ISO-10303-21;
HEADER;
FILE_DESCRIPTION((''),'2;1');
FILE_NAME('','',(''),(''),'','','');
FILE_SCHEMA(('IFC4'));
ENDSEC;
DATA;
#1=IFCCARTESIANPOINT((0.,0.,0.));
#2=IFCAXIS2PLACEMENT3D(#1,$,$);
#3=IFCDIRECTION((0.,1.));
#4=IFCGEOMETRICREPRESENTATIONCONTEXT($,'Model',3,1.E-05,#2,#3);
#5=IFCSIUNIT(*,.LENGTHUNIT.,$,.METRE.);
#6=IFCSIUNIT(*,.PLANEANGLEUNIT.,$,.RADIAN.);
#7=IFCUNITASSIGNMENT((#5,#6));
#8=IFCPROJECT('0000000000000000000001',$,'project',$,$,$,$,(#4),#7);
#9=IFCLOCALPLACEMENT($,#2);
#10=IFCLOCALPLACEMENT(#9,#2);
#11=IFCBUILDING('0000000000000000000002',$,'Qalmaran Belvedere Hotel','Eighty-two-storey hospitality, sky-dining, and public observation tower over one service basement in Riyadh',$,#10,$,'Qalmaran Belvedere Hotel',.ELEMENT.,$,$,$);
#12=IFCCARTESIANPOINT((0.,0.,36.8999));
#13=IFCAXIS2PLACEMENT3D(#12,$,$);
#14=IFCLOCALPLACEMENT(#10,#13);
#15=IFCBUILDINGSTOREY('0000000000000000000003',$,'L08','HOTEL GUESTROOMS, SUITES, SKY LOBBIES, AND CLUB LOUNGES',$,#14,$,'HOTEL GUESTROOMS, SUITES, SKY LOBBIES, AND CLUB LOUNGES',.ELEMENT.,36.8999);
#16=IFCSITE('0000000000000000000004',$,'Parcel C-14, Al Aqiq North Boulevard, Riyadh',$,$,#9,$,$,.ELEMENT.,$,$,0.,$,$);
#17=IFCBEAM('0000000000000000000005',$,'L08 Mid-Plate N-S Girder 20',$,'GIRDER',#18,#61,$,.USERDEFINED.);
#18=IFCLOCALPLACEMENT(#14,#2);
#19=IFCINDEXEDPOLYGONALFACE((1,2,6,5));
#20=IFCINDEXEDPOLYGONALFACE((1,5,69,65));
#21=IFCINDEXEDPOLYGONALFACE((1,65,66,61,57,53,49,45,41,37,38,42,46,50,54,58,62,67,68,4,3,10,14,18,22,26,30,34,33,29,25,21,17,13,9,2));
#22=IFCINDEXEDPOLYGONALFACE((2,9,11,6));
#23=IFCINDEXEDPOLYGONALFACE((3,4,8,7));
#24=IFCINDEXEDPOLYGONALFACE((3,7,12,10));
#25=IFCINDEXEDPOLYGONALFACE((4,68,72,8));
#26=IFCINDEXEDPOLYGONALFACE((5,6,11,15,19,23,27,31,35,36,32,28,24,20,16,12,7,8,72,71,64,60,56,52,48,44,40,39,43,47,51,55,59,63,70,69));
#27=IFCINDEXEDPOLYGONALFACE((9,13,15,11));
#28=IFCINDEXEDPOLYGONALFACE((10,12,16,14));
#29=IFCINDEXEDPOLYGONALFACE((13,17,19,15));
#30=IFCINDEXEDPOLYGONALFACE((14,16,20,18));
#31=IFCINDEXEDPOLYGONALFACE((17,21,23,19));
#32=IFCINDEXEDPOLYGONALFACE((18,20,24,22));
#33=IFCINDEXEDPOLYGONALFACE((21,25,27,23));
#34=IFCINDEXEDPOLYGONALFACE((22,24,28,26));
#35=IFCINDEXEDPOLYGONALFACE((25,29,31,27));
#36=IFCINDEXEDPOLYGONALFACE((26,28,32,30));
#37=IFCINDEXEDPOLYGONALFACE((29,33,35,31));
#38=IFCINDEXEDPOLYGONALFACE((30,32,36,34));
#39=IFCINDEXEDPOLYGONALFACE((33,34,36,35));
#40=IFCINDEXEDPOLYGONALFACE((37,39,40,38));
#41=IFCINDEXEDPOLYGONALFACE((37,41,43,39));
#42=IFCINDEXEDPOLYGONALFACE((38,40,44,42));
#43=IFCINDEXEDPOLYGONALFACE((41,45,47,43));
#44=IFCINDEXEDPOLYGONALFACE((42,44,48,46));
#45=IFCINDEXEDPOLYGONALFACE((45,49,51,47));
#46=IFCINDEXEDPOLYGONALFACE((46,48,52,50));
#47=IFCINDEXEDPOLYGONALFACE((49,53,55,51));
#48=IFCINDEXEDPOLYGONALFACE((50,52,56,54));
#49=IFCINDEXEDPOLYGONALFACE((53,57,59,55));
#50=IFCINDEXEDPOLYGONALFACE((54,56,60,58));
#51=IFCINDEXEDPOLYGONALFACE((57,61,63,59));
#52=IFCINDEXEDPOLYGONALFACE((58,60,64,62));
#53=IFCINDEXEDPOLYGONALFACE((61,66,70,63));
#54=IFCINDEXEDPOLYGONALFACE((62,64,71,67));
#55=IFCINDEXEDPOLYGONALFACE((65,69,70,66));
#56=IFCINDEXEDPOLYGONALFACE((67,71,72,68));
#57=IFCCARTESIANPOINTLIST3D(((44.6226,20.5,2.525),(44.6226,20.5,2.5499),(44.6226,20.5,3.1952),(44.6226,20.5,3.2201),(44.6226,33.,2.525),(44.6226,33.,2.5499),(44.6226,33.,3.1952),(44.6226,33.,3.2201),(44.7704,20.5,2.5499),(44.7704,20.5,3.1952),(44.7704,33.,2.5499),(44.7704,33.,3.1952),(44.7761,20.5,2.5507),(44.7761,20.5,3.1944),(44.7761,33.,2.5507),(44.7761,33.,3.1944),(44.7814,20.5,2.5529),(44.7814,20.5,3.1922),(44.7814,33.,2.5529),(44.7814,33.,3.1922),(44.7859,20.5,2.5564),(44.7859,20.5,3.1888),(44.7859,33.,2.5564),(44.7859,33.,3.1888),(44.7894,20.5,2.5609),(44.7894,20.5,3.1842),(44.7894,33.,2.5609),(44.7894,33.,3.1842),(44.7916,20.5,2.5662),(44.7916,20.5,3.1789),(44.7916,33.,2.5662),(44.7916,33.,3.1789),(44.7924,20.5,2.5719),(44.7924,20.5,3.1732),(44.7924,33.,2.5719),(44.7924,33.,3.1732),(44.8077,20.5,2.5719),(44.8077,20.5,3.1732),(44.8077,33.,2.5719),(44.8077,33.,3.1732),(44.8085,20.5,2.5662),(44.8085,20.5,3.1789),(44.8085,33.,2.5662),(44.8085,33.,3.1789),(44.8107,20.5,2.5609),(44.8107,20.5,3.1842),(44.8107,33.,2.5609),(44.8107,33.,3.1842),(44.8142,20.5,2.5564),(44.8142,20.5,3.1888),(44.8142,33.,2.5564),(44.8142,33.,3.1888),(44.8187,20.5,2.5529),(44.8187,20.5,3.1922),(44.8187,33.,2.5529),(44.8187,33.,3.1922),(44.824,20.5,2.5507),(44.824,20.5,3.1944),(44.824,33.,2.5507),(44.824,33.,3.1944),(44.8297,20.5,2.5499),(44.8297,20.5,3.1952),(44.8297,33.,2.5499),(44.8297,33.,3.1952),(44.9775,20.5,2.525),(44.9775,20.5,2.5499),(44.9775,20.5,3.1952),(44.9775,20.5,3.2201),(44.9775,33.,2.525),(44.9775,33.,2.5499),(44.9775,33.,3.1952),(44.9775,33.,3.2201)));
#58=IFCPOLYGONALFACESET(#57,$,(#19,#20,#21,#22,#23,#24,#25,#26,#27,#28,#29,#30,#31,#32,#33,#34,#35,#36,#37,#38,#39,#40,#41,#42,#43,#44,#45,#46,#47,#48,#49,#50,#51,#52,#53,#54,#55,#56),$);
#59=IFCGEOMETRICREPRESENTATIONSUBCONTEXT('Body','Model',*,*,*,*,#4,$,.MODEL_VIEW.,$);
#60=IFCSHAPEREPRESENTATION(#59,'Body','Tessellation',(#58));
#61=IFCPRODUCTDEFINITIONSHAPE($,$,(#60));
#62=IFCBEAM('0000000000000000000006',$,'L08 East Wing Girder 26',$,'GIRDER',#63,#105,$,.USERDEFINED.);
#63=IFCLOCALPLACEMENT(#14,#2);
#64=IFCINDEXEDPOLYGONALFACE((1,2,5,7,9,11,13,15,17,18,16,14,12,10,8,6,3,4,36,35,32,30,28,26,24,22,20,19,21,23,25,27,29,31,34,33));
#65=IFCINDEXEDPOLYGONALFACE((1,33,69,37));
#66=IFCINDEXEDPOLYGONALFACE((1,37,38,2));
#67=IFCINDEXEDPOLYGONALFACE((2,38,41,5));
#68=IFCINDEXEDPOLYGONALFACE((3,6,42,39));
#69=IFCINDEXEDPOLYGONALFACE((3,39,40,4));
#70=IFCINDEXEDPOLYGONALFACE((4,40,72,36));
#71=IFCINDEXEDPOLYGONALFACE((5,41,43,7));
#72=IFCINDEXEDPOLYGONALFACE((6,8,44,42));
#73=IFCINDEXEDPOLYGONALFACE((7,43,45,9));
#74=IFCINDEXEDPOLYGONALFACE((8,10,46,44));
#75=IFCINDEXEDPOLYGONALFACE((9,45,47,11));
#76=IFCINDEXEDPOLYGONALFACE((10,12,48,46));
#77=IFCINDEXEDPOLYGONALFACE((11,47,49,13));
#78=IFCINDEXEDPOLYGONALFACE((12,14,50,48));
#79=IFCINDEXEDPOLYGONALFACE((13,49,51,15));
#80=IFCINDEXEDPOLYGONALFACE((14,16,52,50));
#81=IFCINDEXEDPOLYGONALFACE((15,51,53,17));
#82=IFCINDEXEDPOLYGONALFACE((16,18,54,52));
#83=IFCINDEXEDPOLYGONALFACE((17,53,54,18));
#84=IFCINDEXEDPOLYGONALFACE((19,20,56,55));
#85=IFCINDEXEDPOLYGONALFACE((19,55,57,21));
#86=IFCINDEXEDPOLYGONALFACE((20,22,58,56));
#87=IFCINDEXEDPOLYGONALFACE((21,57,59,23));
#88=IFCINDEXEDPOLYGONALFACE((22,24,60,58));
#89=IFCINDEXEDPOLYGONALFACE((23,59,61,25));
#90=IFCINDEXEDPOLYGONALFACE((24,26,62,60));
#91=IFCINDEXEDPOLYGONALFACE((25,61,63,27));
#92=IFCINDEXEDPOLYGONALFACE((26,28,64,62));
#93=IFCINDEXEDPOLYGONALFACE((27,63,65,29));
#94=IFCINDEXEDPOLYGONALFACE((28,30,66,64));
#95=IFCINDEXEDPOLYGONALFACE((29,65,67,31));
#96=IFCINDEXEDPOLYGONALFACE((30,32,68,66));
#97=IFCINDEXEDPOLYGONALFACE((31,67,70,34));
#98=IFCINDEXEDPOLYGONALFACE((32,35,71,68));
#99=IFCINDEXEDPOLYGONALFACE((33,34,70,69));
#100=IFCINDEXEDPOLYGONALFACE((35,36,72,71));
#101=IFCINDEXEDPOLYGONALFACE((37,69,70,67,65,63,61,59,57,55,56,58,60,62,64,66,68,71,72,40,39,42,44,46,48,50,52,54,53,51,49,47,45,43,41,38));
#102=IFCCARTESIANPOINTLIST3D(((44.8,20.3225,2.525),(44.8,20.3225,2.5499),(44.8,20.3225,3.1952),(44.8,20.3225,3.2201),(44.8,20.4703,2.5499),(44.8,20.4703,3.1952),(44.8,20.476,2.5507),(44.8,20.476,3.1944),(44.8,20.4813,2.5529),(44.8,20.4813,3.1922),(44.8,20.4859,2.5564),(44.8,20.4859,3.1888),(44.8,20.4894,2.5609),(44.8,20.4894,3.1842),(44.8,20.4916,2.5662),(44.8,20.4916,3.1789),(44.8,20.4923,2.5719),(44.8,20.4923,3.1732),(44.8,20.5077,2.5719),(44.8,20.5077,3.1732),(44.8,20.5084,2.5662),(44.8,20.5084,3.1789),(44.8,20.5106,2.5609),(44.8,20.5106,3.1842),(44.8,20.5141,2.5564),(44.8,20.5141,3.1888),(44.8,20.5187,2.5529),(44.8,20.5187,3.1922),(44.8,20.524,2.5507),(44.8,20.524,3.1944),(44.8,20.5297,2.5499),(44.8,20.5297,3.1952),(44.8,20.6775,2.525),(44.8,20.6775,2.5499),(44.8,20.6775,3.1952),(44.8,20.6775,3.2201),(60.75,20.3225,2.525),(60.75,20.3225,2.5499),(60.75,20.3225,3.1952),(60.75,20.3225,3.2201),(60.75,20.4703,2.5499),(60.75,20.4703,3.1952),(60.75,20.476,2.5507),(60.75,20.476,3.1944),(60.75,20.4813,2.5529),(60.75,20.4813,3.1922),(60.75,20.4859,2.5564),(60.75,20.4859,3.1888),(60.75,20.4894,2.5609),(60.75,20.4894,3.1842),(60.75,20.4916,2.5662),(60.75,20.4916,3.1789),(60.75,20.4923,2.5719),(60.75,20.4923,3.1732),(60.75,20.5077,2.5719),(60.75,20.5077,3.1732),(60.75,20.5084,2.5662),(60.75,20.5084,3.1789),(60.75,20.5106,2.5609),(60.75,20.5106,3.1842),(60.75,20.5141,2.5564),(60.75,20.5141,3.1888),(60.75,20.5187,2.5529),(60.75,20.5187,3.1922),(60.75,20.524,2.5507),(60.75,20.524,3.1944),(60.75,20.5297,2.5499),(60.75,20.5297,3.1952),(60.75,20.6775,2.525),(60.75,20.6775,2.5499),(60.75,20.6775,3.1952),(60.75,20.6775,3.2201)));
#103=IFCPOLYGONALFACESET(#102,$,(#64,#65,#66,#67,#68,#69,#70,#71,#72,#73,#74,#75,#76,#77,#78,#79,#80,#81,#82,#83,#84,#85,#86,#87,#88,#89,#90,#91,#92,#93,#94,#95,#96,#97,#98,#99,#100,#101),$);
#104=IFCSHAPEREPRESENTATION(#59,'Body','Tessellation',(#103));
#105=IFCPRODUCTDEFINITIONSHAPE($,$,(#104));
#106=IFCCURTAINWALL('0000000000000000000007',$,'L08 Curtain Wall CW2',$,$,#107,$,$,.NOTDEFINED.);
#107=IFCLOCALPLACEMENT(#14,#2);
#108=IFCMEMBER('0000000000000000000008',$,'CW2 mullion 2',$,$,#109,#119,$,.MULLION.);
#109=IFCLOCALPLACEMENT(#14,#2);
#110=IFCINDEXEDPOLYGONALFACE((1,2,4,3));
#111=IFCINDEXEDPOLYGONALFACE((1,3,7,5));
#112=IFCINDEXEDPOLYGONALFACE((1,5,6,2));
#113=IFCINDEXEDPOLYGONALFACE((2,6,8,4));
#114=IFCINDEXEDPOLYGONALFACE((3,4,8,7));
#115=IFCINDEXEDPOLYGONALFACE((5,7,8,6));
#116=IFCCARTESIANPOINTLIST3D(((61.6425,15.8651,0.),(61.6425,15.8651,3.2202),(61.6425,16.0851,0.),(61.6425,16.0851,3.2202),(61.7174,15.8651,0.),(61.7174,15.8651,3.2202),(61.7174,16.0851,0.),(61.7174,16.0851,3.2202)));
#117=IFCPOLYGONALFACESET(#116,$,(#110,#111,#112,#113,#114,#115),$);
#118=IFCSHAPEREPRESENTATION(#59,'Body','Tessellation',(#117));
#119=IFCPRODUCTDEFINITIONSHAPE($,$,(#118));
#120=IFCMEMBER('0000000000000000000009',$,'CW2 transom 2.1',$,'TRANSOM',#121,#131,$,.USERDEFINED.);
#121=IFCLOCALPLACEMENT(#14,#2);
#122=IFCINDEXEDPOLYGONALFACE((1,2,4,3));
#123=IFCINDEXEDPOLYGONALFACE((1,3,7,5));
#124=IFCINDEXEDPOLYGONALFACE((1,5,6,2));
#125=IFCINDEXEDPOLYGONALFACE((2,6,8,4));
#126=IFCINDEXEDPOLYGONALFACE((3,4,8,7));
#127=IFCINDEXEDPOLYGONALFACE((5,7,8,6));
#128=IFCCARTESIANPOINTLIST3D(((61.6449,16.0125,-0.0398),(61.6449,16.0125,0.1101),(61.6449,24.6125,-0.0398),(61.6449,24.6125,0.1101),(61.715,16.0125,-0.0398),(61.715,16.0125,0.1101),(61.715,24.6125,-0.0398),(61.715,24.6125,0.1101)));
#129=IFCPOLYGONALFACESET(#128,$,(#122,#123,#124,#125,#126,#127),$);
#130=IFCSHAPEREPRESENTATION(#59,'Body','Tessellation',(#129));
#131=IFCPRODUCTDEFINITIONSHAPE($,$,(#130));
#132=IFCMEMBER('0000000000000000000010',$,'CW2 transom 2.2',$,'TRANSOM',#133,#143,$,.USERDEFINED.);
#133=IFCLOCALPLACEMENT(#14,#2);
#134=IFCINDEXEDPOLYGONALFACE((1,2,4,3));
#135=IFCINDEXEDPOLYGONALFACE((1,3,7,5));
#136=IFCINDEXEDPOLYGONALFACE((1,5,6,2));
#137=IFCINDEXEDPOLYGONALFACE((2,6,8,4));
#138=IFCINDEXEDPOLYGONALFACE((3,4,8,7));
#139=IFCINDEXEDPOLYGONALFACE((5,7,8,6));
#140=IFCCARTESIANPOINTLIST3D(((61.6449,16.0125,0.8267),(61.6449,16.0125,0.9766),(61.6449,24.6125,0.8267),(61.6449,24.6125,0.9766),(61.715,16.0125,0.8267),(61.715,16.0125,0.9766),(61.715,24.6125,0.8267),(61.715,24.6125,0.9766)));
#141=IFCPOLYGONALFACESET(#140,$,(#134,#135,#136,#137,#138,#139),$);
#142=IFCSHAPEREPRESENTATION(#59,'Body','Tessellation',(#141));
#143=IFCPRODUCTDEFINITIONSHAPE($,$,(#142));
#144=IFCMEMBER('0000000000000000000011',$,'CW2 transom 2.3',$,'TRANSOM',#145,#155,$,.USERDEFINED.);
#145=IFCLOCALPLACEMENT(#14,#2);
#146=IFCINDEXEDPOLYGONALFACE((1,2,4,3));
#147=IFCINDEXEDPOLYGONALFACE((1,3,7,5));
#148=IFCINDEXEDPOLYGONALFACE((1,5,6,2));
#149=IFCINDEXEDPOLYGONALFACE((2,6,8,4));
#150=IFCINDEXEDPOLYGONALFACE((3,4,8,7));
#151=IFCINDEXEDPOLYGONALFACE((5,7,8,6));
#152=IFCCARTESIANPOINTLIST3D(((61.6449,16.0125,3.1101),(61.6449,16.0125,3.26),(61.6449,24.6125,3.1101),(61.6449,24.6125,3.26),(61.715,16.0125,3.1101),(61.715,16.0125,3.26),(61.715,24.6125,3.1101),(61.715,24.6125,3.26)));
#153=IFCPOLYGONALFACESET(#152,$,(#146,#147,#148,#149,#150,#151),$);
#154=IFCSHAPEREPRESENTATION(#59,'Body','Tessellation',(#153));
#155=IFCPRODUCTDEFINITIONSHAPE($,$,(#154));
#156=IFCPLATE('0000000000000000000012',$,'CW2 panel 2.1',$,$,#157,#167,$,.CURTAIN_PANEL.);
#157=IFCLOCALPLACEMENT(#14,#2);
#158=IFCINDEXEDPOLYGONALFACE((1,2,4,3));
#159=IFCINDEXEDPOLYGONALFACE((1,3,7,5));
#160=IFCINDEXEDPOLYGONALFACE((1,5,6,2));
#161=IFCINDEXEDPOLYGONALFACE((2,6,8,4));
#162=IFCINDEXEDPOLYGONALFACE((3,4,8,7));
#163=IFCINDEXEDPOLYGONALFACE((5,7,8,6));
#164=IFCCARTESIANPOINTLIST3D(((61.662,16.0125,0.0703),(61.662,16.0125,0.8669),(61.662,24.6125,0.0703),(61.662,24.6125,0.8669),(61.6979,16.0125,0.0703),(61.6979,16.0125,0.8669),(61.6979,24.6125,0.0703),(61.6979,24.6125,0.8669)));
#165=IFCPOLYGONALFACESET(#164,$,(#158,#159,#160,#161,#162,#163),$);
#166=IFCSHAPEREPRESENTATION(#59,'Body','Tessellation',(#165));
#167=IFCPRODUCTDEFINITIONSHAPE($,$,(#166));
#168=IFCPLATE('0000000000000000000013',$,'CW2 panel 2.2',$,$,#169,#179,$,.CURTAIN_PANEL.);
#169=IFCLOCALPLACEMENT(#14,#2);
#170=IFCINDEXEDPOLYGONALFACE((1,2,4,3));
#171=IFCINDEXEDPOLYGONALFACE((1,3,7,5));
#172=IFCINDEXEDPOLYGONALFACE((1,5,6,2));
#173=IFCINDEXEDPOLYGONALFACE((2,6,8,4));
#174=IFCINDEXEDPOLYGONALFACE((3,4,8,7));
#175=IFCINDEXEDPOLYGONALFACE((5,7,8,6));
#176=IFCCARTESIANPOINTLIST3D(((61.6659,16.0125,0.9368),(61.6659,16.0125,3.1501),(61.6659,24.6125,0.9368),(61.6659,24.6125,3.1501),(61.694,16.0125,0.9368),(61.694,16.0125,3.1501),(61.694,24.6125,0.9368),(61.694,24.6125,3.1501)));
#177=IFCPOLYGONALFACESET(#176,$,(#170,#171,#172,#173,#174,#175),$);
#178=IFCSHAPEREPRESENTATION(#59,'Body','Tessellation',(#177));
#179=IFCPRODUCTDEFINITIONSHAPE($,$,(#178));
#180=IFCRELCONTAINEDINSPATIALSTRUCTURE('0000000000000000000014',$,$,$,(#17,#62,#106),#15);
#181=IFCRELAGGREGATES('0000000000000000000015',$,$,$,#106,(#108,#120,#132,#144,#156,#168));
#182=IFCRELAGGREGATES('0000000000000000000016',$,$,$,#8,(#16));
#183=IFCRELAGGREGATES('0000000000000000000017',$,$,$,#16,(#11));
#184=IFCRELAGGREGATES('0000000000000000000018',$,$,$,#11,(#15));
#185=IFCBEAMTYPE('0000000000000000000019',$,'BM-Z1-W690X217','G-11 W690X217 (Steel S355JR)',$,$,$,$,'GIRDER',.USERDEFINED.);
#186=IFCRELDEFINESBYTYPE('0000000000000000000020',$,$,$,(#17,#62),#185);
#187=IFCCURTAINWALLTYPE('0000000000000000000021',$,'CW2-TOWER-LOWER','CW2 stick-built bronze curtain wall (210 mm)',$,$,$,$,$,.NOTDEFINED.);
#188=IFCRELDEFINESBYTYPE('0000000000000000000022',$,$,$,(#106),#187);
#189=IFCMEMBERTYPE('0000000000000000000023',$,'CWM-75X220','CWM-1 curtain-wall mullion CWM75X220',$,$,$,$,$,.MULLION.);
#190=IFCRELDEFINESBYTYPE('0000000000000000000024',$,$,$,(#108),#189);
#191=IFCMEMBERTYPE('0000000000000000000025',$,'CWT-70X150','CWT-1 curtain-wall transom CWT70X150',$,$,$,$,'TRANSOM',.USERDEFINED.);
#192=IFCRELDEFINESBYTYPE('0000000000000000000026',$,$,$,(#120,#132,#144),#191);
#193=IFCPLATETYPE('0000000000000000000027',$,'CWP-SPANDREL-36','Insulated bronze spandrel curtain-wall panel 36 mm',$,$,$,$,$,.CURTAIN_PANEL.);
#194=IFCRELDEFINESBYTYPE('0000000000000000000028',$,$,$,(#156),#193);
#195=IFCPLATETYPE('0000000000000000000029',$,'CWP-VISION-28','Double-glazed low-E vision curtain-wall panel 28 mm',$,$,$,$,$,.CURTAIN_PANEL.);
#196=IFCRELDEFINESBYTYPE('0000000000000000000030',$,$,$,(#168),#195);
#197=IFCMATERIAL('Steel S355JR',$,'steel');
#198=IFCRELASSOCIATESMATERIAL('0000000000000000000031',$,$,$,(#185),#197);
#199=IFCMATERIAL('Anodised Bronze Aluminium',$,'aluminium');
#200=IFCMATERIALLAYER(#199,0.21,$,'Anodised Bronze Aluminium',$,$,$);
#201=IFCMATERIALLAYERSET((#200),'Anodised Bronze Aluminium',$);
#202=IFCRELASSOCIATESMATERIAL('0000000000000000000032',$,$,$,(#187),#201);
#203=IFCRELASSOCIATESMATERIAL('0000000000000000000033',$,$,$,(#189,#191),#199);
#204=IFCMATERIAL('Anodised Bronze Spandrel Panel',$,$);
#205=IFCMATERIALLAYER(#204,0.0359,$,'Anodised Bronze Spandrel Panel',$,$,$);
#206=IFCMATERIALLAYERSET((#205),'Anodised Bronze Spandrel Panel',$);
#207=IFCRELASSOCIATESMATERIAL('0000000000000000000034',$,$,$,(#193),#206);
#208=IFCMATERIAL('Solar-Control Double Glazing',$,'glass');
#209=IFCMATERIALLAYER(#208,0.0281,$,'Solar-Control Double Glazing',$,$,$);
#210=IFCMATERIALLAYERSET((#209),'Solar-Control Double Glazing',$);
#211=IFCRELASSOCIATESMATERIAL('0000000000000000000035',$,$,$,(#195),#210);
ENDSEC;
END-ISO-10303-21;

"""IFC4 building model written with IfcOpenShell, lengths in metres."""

from ifc_helpers import new_model, si_unit, direction, frame, origin, origin_2d, place, context, subcontext, project, spatial, rectangle, i_section, extrude, material, layer, layer_set, material_profile, profile_set, type_object, element, aggregate, save


model = new_model("IFC4")

# Units and contexts
model_context = context("Model", 3, precision=1e-05, world=origin(), true_north=direction((0.0, 1.0)))
body_context = subcontext(model_context, "Body", "Model", "MODEL_VIEW")
ifc_project = project(units=[si_unit("LENGTHUNIT", "METRE"), si_unit("PLANEANGLEUNIT", "RADIAN")], contexts=[model_context])

# Site, building, storey
site_placement = place(None, origin())
site = spatial("IfcSite", under=ifc_project, at=site_placement, Name="Parcel C-14, Al Aqiq North Boulevard, Riyadh", CompositionType="ELEMENT", RefElevation=0.0)
building_placement = place(site_placement, origin())
building = spatial("IfcBuilding", under=site, at=building_placement, Name="Qalmaran Belvedere Hotel", Description="Eighty-two-storey hospitality, sky-dining, and public observation tower over one service basement in Riyadh", LongName="Qalmaran Belvedere Hotel", CompositionType="ELEMENT")
storey_placement = place(building_placement, frame((0.0, 0.0, 36.8999)))
storey = spatial("IfcBuildingStorey", under=building, at=storey_placement, Name="L08", Description="HOTEL GUESTROOMS, SUITES, SKY LOBBIES, AND CLUB LOUNGES", LongName="HOTEL GUESTROOMS, SUITES, SKY LOBBIES, AND CLUB LOUNGES", CompositionType="ELEMENT", Elevation=36.8999)

# Beams
ifc_material_1 = material(Name="Steel S355JR", Category="steel")
ifc_material_profile_1 = material_profile(ifc_material_1, i_section(OverallWidth=0.355, OverallDepth=0.6951, WebThickness=0.0154, FlangeThickness=0.0249, FilletRadius=0.022, at=origin_2d()), Name="W690X217")
ifc_profile_set_1 = profile_set([ifc_material_profile_1], Name="Steel S355JR")
beam_type_1 = type_object("IfcBeamType", Name="BM-Z1-W690X217", Description="G-11 W690X217 (Steel S355JR)", ElementType="GIRDER", PredefinedType="USERDEFINED", material=ifc_profile_set_1)
beam_1_placement = place(storey_placement, frame((44.8, 20.5, 2.8726), z_axis=(0.0, 1.0, 0.0), x_axis=(-1.0, 0.0, 0.0)))
element("IfcBeam", 1, at=beam_1_placement, inside=storey, type_object=beam_type_1, Name="L08 Mid-Plate N-S Girder 20", ObjectType="GIRDER", PredefinedType="USERDEFINED", context=body_context, shape_type="SweptSolid", body=[
    extrude(i_section(OverallWidth=0.355, OverallDepth=0.6951, WebThickness=0.0154, FlangeThickness=0.0249, FilletRadius=0.022, at=origin_2d()), origin(), (0.0, 0.0, 1.0), 12.5),
])
beam_2_placement = place(storey_placement, frame((44.8, 20.5, 2.8726), z_axis=(1.0, 0.0, 0.0), x_axis=(0.0, 1.0, 0.0)))
element("IfcBeam", 2, at=beam_2_placement, inside=storey, type_object=beam_type_1, Name="L08 East Wing Girder 26", ObjectType="GIRDER", PredefinedType="USERDEFINED", context=body_context, shape_type="SweptSolid", body=[
    extrude(i_section(OverallWidth=0.355, OverallDepth=0.6951, WebThickness=0.0154, FlangeThickness=0.0249, FilletRadius=0.022, at=origin_2d()), origin(), (0.0, 0.0, 1.0), 15.95),
])

# Curtain wall, members, plates
ifc_material_2 = material(Name="Anodised Bronze Aluminium", Category="aluminium")
ifc_layer_1 = layer(ifc_material_2, 0.21, Name="Anodised Bronze Aluminium")
ifc_layer_set_1 = layer_set([ifc_layer_1], Name="Anodised Bronze Aluminium")
curtain_wall_type = type_object("IfcCurtainWallType", Name="CW2-TOWER-LOWER", Description="CW2 stick-built bronze curtain wall (210 mm)", PredefinedType="NOTDEFINED", material=ifc_layer_set_1)
curtain_wall_placement = place(storey_placement, origin())
curtain_wall = element("IfcCurtainWall", 3, at=curtain_wall_placement, inside=storey, type_object=curtain_wall_type, Name="L08 Curtain Wall CW2", PredefinedType="NOTDEFINED")
ifc_material_profile_2 = material_profile(ifc_material_2, rectangle(XDim=0.075, YDim=0.22, at=origin_2d()), Name="CWM75X220")
ifc_profile_set_2 = profile_set([ifc_material_profile_2], Name="Anodised Bronze Aluminium")
member_type_1 = type_object("IfcMemberType", Name="CWM-75X220", Description="CWM-1 curtain-wall mullion CWM75X220", PredefinedType="MULLION", material=ifc_profile_set_2)
member_1_placement = place(storey_placement, frame((61.6799, 15.9751, 0.0), z_axis=(0.0, 0.0, 1.0), x_axis=(-1.0, 0.0, 0.0)))
member_1 = element("IfcMember", 4, at=member_1_placement, type_object=member_type_1, Name="CW2 mullion 2", PredefinedType="MULLION", context=body_context, shape_type="SweptSolid", body=[
    extrude(rectangle(XDim=0.075, YDim=0.22, at=origin_2d()), origin(), (0.0, 0.0, 1.0), 3.2202),
])
ifc_material_profile_3 = material_profile(ifc_material_2, rectangle(XDim=0.0701, YDim=0.1499, at=origin_2d()), Name="CWT70X150")
ifc_profile_set_3 = profile_set([ifc_material_profile_3], Name="Anodised Bronze Aluminium")
member_type_2 = type_object("IfcMemberType", Name="CWT-70X150", Description="CWT-1 curtain-wall transom CWT70X150", ElementType="TRANSOM", PredefinedType="USERDEFINED", material=ifc_profile_set_3)
member_2_placement = place(storey_placement, frame((61.6799, 16.0125, 0.0352), z_axis=(0.0, 1.0, 0.0), x_axis=(-1.0, 0.0, 0.0)))
member_2 = element("IfcMember", 5, at=member_2_placement, type_object=member_type_2, Name="CW2 transom 2.1", ObjectType="TRANSOM", PredefinedType="USERDEFINED", context=body_context, shape_type="SweptSolid", body=[
    extrude(rectangle(XDim=0.0701, YDim=0.1499, at=origin_2d()), origin(), (0.0, 0.0, 1.0), 8.6001),
])
member_3_placement = place(storey_placement, frame((61.6799, 16.0125, 0.9016), z_axis=(0.0, 1.0, 0.0), x_axis=(-1.0, 0.0, 0.0)))
member_3 = element("IfcMember", 6, at=member_3_placement, type_object=member_type_2, Name="CW2 transom 2.2", ObjectType="TRANSOM", PredefinedType="USERDEFINED", context=body_context, shape_type="SweptSolid", body=[
    extrude(rectangle(XDim=0.0701, YDim=0.1499, at=origin_2d()), origin(), (0.0, 0.0, 1.0), 8.6001),
])
member_4_placement = place(storey_placement, frame((61.6799, 16.0125, 3.1851), z_axis=(0.0, 1.0, 0.0), x_axis=(-1.0, 0.0, 0.0)))
member_4 = element("IfcMember", 7, at=member_4_placement, type_object=member_type_2, Name="CW2 transom 2.3", ObjectType="TRANSOM", PredefinedType="USERDEFINED", context=body_context, shape_type="SweptSolid", body=[
    extrude(rectangle(XDim=0.0701, YDim=0.1499, at=origin_2d()), origin(), (0.0, 0.0, 1.0), 8.6001),
])
ifc_material_3 = material(Name="Anodised Bronze Spandrel Panel")
ifc_layer_2 = layer(ifc_material_3, 0.0359, Name="Anodised Bronze Spandrel Panel")
ifc_layer_set_2 = layer_set([ifc_layer_2], Name="Anodised Bronze Spandrel Panel")
plate_type_1 = type_object("IfcPlateType", Name="CWP-SPANDREL-36", Description="Insulated bronze spandrel curtain-wall panel 36 mm", PredefinedType="CURTAIN_PANEL", material=ifc_layer_set_2)
plate_1_placement = place(storey_placement, frame((61.6799, 20.3125, 0.0703), z_axis=(0.0, 0.0, 1.0), x_axis=(0.0, 1.0, 0.0)))
plate_1 = element("IfcPlate", 8, at=plate_1_placement, type_object=plate_type_1, Name="CW2 panel 2.1", PredefinedType="CURTAIN_PANEL", context=body_context, shape_type="SweptSolid", body=[
    extrude(rectangle(XDim=8.6001, YDim=0.0359, at=origin_2d()), origin(), (0.0, 0.0, 1.0), 0.7966),
])
ifc_material_4 = material(Name="Solar-Control Double Glazing", Category="glass")
ifc_layer_3 = layer(ifc_material_4, 0.0281, Name="Solar-Control Double Glazing")
ifc_layer_set_3 = layer_set([ifc_layer_3], Name="Solar-Control Double Glazing")
plate_type_2 = type_object("IfcPlateType", Name="CWP-VISION-28", Description="Double-glazed low-E vision curtain-wall panel 28 mm", PredefinedType="CURTAIN_PANEL", material=ifc_layer_set_3)
plate_2_placement = place(storey_placement, frame((61.6799, 20.3125, 0.9368), z_axis=(0.0, 0.0, 1.0), x_axis=(0.0, 1.0, 0.0)))
plate_2 = element("IfcPlate", 9, at=plate_2_placement, type_object=plate_type_2, Name="CW2 panel 2.2", PredefinedType="CURTAIN_PANEL", context=body_context, shape_type="SweptSolid", body=[
    extrude(rectangle(XDim=8.6001, YDim=0.0281, at=origin_2d()), origin(), (0.0, 0.0, 1.0), 2.2134),
])
aggregate(curtain_wall, [member_1, member_2, member_3, member_4, plate_1, plate_2])

save(model, "model.ifc")
